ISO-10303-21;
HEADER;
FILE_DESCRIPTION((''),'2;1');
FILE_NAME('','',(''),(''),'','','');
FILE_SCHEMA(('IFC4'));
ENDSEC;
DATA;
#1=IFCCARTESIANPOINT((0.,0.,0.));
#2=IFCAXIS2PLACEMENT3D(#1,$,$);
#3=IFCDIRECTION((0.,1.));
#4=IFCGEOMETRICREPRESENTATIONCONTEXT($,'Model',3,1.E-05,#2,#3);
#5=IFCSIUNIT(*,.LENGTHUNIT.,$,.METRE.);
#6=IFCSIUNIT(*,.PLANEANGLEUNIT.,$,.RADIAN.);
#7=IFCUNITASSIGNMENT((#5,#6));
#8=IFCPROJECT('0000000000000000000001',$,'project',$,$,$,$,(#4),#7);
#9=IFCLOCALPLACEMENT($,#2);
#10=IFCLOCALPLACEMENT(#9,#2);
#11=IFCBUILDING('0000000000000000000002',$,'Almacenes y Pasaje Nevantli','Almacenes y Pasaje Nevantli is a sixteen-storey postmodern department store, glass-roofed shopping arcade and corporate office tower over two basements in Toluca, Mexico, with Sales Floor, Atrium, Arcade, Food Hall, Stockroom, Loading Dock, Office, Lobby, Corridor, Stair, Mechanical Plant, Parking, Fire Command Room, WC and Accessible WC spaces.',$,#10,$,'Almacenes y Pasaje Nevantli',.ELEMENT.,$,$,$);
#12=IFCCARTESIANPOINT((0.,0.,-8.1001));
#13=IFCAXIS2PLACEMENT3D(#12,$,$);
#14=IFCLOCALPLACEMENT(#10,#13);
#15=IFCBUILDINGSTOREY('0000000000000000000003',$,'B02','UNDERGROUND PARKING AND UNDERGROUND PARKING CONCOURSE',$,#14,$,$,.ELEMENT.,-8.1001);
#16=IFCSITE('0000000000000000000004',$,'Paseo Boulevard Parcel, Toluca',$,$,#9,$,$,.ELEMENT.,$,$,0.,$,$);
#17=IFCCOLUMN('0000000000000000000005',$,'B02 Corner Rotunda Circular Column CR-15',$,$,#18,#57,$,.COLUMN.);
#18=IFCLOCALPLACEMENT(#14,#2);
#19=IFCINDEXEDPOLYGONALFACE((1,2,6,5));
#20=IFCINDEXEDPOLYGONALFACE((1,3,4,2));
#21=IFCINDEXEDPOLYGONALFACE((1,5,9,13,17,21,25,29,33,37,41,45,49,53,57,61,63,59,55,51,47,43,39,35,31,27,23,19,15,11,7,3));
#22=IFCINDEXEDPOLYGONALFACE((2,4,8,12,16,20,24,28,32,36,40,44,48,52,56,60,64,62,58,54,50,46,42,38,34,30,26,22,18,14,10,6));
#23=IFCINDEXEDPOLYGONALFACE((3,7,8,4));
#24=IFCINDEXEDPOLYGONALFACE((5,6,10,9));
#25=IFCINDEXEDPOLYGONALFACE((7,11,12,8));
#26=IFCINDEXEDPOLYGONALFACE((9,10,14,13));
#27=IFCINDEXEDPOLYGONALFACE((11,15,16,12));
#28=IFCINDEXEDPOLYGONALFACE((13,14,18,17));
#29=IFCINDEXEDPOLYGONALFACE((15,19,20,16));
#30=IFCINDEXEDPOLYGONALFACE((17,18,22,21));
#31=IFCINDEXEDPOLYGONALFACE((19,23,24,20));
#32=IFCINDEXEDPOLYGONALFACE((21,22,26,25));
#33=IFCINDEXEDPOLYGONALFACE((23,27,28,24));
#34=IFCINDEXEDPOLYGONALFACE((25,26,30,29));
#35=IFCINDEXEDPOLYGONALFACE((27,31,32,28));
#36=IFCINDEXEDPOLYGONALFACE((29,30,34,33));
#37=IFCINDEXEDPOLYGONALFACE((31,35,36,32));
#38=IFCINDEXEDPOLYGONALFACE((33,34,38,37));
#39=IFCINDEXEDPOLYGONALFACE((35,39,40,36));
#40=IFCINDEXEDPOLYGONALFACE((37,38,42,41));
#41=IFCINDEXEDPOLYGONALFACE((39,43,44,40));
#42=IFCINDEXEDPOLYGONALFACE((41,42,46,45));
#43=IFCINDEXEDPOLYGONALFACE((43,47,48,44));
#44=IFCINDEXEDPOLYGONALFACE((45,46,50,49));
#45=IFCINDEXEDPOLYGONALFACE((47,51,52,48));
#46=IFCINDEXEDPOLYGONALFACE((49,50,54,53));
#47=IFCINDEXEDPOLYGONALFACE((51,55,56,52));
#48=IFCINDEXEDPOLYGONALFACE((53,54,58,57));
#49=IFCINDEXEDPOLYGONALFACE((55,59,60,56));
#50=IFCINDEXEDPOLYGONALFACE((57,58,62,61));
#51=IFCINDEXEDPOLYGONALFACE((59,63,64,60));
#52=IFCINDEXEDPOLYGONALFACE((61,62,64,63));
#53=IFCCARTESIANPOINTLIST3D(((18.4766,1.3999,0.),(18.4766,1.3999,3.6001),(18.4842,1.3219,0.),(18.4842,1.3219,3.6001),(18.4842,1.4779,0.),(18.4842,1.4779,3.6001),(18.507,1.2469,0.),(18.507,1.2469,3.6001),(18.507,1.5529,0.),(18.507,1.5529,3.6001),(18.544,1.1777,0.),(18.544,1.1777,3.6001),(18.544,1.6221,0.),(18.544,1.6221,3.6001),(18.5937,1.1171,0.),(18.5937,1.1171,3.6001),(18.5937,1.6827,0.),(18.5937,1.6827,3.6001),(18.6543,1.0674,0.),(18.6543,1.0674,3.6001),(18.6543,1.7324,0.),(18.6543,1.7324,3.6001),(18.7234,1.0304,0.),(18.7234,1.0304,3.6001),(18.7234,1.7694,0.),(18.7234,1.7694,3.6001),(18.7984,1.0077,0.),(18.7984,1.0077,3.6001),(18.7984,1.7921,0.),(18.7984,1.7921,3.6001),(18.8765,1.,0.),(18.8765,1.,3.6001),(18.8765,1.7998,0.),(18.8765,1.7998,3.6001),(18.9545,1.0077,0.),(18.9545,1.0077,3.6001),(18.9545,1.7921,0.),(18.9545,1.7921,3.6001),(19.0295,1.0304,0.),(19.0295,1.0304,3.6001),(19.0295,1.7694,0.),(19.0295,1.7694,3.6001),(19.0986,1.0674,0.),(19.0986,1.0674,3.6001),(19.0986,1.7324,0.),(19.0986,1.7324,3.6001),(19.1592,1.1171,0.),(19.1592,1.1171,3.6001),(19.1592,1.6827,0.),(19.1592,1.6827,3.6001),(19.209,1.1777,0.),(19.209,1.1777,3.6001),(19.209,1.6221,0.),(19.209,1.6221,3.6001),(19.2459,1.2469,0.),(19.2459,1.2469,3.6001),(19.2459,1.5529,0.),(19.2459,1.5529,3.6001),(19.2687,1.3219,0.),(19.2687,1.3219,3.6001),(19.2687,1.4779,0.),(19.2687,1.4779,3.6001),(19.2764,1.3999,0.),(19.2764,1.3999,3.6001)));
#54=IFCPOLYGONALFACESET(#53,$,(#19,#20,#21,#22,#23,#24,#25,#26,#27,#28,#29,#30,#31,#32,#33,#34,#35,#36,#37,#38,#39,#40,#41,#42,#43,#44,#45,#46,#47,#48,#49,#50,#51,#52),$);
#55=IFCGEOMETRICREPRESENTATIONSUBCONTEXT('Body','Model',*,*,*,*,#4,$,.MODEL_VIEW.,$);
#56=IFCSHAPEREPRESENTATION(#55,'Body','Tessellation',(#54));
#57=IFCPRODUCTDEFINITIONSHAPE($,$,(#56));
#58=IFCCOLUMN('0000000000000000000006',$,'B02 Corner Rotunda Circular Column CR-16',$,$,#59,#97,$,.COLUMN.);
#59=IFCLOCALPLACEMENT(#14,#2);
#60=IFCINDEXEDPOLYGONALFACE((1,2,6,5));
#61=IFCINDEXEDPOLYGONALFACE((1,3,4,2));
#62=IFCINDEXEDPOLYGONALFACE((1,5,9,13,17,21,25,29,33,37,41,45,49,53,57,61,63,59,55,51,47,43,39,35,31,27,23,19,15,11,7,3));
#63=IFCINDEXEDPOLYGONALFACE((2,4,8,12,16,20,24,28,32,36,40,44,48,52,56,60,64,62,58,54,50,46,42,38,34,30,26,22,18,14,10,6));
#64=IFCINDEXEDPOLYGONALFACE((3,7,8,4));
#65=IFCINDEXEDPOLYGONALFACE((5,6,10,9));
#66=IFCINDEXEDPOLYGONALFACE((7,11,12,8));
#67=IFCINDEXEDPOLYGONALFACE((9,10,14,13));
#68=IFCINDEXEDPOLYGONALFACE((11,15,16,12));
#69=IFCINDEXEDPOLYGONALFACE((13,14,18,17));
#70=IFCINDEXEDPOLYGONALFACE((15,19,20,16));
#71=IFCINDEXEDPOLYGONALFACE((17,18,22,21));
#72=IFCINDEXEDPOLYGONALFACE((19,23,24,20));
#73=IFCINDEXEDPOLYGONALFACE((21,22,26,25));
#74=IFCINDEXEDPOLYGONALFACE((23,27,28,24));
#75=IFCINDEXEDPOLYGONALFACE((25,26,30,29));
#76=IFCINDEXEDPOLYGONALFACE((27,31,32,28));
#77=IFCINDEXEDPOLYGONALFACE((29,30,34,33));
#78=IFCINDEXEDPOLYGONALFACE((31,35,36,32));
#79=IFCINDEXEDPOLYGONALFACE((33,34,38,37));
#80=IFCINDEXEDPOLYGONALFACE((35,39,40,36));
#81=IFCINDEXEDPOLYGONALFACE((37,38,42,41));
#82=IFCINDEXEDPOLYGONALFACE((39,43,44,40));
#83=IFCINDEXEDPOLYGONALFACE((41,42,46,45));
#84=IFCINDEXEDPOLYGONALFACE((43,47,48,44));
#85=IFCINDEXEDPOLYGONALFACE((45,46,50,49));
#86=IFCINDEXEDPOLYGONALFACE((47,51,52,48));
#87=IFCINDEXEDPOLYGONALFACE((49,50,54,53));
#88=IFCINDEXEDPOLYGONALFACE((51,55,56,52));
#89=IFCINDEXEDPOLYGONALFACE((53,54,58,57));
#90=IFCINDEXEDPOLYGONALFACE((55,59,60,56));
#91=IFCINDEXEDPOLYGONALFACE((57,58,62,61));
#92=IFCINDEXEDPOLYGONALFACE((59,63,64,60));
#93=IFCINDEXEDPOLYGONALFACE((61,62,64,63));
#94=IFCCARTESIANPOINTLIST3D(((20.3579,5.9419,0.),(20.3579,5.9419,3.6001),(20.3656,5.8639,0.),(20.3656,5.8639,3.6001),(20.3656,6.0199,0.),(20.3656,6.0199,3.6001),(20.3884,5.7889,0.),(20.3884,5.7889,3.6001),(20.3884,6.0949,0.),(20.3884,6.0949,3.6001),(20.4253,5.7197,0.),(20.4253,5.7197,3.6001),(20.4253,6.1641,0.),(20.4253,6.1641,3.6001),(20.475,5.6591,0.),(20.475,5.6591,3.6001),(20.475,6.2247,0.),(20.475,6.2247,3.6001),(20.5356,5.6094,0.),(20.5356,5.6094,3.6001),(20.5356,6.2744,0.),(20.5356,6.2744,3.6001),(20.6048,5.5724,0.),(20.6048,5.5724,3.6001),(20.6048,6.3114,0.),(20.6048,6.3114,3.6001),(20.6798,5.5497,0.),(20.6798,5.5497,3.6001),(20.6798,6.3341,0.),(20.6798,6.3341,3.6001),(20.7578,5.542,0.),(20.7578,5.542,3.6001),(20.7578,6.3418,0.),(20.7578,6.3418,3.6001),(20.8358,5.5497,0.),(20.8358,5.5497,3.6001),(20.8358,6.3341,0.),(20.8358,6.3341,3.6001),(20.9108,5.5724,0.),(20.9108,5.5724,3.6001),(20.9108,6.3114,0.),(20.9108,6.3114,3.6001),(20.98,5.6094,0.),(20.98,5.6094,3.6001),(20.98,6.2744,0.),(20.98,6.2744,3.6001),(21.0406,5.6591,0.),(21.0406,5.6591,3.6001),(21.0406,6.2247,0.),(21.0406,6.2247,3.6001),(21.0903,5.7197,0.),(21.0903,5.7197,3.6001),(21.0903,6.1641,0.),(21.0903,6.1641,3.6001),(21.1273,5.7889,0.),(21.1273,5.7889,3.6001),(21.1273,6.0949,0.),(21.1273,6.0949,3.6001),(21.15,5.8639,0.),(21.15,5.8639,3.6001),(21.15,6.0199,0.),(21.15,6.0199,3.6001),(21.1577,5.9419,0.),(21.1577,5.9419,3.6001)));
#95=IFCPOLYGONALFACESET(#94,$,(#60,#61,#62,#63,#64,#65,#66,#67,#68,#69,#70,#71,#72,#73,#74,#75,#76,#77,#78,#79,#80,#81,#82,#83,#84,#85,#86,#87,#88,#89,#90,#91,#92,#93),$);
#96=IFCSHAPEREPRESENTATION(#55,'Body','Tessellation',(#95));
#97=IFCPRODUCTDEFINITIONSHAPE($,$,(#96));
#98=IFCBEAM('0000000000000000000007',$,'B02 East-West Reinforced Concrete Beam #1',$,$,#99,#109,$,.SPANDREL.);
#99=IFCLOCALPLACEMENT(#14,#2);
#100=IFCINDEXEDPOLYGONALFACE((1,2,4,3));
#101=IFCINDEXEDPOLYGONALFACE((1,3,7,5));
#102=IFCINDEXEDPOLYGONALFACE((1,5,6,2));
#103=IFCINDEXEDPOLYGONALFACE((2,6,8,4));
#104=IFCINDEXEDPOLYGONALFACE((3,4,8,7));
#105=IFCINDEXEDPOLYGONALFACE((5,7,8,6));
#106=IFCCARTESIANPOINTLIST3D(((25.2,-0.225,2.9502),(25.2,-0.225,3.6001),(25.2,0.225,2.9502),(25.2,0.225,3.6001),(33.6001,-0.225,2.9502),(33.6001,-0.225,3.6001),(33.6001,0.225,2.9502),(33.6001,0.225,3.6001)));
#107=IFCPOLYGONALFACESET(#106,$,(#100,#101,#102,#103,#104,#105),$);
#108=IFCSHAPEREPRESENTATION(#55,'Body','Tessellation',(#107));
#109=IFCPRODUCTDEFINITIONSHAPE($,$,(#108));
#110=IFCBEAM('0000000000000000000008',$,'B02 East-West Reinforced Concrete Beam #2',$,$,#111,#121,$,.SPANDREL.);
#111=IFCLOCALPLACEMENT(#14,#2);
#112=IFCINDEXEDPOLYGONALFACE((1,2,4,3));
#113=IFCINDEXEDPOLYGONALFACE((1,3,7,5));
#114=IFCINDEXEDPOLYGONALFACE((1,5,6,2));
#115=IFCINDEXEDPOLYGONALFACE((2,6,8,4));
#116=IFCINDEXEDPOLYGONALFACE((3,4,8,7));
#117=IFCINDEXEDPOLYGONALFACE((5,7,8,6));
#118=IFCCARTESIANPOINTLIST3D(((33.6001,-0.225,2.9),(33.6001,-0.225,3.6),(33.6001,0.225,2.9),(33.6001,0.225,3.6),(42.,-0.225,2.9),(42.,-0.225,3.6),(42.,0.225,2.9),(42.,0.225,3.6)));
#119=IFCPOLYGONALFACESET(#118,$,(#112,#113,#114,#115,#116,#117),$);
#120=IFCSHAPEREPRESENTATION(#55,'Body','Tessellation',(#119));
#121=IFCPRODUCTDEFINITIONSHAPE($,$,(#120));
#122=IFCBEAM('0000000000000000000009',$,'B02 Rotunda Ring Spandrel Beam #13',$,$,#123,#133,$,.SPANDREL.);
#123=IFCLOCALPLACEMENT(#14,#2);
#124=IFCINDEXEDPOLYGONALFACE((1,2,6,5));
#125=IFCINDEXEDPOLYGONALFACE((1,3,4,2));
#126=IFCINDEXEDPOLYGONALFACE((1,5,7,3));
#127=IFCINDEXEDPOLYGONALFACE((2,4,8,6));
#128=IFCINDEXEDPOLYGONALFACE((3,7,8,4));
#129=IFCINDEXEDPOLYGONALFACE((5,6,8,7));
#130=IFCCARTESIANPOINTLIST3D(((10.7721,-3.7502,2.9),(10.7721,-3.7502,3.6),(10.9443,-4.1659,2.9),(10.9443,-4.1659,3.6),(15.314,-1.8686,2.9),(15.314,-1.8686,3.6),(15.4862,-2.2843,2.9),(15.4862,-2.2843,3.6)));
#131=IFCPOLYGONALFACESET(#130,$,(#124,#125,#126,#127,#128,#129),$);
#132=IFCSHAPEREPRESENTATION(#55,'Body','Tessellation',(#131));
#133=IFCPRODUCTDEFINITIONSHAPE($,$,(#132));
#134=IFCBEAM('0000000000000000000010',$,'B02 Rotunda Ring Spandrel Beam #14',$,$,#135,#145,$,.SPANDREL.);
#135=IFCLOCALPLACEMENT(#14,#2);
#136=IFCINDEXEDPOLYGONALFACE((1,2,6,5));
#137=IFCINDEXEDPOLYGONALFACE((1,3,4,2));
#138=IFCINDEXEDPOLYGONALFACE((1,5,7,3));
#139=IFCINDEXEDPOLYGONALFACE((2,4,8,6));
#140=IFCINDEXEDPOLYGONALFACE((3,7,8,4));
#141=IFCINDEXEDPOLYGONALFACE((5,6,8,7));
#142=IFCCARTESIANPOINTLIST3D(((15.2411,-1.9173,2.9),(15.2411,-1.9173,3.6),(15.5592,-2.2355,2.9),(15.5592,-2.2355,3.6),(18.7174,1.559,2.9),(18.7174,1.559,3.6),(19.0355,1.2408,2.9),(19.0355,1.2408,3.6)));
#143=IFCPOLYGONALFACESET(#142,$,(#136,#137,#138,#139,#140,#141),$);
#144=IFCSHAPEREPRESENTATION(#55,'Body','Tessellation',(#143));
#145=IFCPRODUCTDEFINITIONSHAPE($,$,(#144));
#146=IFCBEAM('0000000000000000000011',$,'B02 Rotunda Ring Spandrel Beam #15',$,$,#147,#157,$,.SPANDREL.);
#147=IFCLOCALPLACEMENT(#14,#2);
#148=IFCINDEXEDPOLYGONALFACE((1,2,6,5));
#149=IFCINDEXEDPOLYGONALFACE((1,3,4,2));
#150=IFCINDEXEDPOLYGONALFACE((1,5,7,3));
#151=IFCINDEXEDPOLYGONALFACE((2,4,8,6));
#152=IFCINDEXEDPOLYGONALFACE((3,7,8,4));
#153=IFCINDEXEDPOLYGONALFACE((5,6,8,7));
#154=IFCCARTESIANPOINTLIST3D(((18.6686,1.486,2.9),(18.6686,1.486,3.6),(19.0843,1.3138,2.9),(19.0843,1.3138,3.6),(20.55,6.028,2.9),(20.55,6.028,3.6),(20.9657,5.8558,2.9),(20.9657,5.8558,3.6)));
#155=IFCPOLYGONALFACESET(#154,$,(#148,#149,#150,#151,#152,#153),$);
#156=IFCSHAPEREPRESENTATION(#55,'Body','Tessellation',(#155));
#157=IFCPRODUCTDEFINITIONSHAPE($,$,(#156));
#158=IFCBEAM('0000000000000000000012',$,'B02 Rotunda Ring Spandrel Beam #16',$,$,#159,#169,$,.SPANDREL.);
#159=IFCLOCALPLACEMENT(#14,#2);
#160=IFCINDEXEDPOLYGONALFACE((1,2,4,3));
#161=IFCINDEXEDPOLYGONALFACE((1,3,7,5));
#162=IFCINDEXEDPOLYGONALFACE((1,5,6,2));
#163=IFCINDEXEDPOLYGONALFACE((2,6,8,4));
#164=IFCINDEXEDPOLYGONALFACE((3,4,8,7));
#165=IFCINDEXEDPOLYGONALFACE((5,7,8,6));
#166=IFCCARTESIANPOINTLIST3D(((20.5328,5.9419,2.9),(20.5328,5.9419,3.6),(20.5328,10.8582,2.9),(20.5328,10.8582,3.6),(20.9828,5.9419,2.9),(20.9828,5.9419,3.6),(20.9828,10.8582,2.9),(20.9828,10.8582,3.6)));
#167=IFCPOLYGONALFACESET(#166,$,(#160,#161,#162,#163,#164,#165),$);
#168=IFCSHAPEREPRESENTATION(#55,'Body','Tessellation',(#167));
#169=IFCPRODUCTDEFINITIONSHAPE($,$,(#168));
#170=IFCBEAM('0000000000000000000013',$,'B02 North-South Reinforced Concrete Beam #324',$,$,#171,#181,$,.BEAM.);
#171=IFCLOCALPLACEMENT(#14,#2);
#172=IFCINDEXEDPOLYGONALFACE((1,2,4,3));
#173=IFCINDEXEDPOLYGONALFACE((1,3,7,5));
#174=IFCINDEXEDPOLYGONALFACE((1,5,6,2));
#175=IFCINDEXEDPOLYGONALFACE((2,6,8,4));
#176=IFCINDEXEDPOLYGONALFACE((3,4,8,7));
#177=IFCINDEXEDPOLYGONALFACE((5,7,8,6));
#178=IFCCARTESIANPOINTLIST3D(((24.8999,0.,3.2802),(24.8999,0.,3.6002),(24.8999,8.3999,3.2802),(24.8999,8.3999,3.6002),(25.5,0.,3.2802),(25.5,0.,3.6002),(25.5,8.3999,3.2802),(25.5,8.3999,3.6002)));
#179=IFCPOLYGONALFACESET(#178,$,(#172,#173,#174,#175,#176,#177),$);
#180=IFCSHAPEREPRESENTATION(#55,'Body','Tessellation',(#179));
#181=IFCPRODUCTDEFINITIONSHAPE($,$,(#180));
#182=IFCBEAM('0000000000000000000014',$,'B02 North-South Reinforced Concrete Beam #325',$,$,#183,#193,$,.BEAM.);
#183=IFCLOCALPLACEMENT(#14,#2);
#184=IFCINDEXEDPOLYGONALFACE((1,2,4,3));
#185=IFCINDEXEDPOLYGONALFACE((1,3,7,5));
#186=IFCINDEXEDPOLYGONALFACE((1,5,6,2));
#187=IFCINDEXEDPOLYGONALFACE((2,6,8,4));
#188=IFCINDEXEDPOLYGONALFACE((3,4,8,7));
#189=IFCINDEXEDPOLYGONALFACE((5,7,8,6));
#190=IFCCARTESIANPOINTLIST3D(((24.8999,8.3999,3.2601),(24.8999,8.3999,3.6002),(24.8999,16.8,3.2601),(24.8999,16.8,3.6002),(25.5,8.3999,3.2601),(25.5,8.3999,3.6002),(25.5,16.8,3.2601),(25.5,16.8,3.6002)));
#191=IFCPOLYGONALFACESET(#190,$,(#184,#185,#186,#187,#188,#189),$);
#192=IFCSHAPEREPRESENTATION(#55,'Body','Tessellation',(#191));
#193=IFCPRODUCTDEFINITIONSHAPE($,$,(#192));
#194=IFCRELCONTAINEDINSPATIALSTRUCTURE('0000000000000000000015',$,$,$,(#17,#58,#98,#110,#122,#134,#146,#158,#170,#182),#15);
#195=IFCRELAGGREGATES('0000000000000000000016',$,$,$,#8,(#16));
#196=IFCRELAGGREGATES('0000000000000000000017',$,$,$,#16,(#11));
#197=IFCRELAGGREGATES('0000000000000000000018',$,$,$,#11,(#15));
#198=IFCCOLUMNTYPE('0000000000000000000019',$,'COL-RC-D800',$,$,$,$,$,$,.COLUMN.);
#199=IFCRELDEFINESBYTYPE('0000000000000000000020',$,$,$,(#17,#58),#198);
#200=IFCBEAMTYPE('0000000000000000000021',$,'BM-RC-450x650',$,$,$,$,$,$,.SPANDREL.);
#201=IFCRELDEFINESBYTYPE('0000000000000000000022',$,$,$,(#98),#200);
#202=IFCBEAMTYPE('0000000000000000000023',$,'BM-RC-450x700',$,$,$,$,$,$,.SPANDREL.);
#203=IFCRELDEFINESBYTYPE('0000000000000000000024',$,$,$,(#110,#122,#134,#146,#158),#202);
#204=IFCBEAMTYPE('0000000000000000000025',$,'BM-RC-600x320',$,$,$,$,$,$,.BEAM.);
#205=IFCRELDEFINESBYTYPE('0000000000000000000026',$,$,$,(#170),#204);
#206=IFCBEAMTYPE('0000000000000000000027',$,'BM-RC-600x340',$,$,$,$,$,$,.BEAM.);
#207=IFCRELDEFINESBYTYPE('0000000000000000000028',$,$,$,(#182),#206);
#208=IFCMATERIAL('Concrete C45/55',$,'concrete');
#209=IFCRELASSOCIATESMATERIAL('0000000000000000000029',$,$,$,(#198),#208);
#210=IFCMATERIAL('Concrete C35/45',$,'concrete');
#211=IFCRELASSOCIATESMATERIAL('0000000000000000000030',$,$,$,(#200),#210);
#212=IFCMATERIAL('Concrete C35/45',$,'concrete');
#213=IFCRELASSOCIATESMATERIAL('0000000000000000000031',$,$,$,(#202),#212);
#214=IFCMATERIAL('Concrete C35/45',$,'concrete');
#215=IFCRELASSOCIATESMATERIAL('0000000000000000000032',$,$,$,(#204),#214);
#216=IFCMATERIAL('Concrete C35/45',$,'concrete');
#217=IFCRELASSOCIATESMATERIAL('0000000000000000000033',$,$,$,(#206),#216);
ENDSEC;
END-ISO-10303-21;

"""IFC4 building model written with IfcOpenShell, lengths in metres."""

from ifc_helpers import new_model, si_unit, direction, frame, origin, origin_2d, place, context, subcontext, project, spatial, rectangle, circle, extrude, material, material_profile, profile_set, type_object, element, save


model = new_model("IFC4")

# Units and contexts
model_context = context("Model", 3, precision=1e-05, world=origin(), true_north=direction((0.0, 1.0)))
body_context = subcontext(model_context, "Body", "Model", "MODEL_VIEW")
ifc_project = project(units=[si_unit("LENGTHUNIT", "METRE"), si_unit("PLANEANGLEUNIT", "RADIAN")], contexts=[model_context])

# Site, building, storey
site_placement = place(None, origin())
site = spatial("IfcSite", under=ifc_project, at=site_placement, Name="Paseo Boulevard Parcel, Toluca", CompositionType="ELEMENT", RefElevation=0.0)
building_placement = place(site_placement, origin())
building = spatial("IfcBuilding", under=site, at=building_placement, Name="Almacenes y Pasaje Nevantli", Description="Almacenes y Pasaje Nevantli is a sixteen-storey postmodern department store, glass-roofed shopping arcade and corporate office tower over two basements in Toluca, Mexico, with Sales Floor, Atrium, Arcade, Food Hall, Stockroom, Loading Dock, Office, Lobby, Corridor, Stair, Mechanical Plant, Parking, Fire Command Room, WC and Accessible WC spaces.", LongName="Almacenes y Pasaje Nevantli", CompositionType="ELEMENT")
storey_placement = place(building_placement, frame((0.0, 0.0, -8.1001)))
storey = spatial("IfcBuildingStorey", under=building, at=storey_placement, Name="B02", Description="UNDERGROUND PARKING AND UNDERGROUND PARKING CONCOURSE", CompositionType="ELEMENT", Elevation=-8.1001)

# Columns
ifc_material_1 = material(Name="Concrete C45/55", Category="concrete")
ifc_material_profile_1 = material_profile(ifc_material_1, circle(Radius=0.3999, at=origin_2d()), Name="RC-COL-D800")
ifc_profile_set_1 = profile_set([ifc_material_profile_1], Name="Concrete C45/55")
column_type_1 = type_object("IfcColumnType", Name="COL-RC-D800", PredefinedType="COLUMN", material=ifc_profile_set_1)
for number, where, z_axis, x_axis, name in (
    (1, (18.8765, 1.3999, 0.0), (0.0, 0.0, 1.0), (1.0, 0.0, 0.0), "B02 Corner Rotunda Circular Column CR-15"),
    (2, (20.7578, 5.9419, 0.0), (0.0, 0.0, 1.0), (1.0, 0.0, 0.0), "B02 Corner Rotunda Circular Column CR-16"),
):
    element("IfcColumn", number, at=place(storey_placement, frame(where, z_axis=z_axis, x_axis=x_axis)), inside=storey, type_object=column_type_1, Name=name, PredefinedType="COLUMN", context=body_context, shape_type="SweptSolid", body=[
        extrude(circle(Radius=0.3999, at=origin_2d()), origin(), (0.0, 0.0, 1.0), 3.6001),
    ])

# Beams
ifc_material_2 = material(Name="Concrete C35/45", Category="concrete")
ifc_material_profile_2 = material_profile(ifc_material_2, rectangle(XDim=0.45, YDim=0.6499, at=origin_2d()), Name="RC-BM-450x650")
ifc_profile_set_2 = profile_set([ifc_material_profile_2], Name="Concrete C35/45")
beam_type_1 = type_object("IfcBeamType", Name="BM-RC-450x650", PredefinedType="SPANDREL", material=ifc_profile_set_2)
beam_1_placement = place(storey_placement, frame((25.2, 0.0, 3.2751), z_axis=(1.0, 0.0, 0.0), x_axis=(0.0, 1.0, 0.0)))
element("IfcBeam", 3, at=beam_1_placement, inside=storey, type_object=beam_type_1, Name="B02 East-West Reinforced Concrete Beam #1", PredefinedType="SPANDREL", context=body_context, shape_type="SweptSolid", body=[
    extrude(rectangle(XDim=0.45, YDim=0.6499, at=origin_2d()), origin(), (0.0, 0.0, 1.0), 8.4001),
])
ifc_material_3 = material(Name="Concrete C35/45", Category="concrete")
ifc_material_profile_3 = material_profile(ifc_material_3, rectangle(XDim=0.45, YDim=0.7, at=origin_2d()), Name="RC-BM-450x700")
ifc_profile_set_3 = profile_set([ifc_material_profile_3], Name="Concrete C35/45")
beam_type_2 = type_object("IfcBeamType", Name="BM-RC-450x700", PredefinedType="SPANDREL", material=ifc_profile_set_3)
beam_2_placement = place(storey_placement, frame((33.6001, 0.0, 3.25), z_axis=(1.0, 0.0, 0.0), x_axis=(0.0, 1.0, 0.0)))
element("IfcBeam", 4, at=beam_2_placement, inside=storey, type_object=beam_type_2, Name="B02 East-West Reinforced Concrete Beam #2", PredefinedType="SPANDREL", context=body_context, shape_type="SweptSolid", body=[
    extrude(rectangle(XDim=0.45, YDim=0.7, at=origin_2d()), origin(), (0.0, 0.0, 1.0), 8.3999),
])
for number, where, z_axis, x_axis, name in (
    (5, (10.8582, -3.958, 3.25), (0.923862, 0.382725, 0.0), (-0.382725, 0.923862, 0.0), "B02 Rotunda Ring Spandrel Beam #13"),
    (6, (15.4001, -2.0764, 3.25), (0.707107, 0.707107, 0.0), (-0.707107, 0.707107, 0.0), "B02 Rotunda Ring Spandrel Beam #14"),
    (7, (18.8765, 1.3999, 3.25), (0.382682, 0.92388, 0.0), (-0.92388, 0.382682, 0.0), "B02 Rotunda Ring Spandrel Beam #15"),
    (8, (20.7578, 5.9419, 3.25), (0.0, 1.0, 0.0), (-1.0, 0.0, 0.0), "B02 Rotunda Ring Spandrel Beam #16"),
):
    element("IfcBeam", number, at=place(storey_placement, frame(where, z_axis=z_axis, x_axis=x_axis)), inside=storey, type_object=beam_type_2, Name=name, PredefinedType="SPANDREL", context=body_context, shape_type="SweptSolid", body=[
        extrude(rectangle(XDim=0.45, YDim=0.7, at=origin_2d()), origin(), (0.0, 0.0, 1.0), 4.9163),
    ])
ifc_material_4 = material(Name="Concrete C35/45", Category="concrete")
ifc_material_profile_4 = material_profile(ifc_material_4, rectangle(XDim=0.6001, YDim=0.3201, at=origin_2d()), Name="RC-BM-600x320")
ifc_profile_set_4 = profile_set([ifc_material_profile_4], Name="Concrete C35/45")
beam_type_3 = type_object("IfcBeamType", Name="BM-RC-600x320", PredefinedType="BEAM", material=ifc_profile_set_4)
beam_3_placement = place(storey_placement, frame((25.2, 0.0, 3.4402), z_axis=(0.0, 1.0, 0.0), x_axis=(-1.0, 0.0, 0.0)))
element("IfcBeam", 9, at=beam_3_placement, inside=storey, type_object=beam_type_3, Name="B02 North-South Reinforced Concrete Beam #324", PredefinedType="BEAM", context=body_context, shape_type="SweptSolid", body=[
    extrude(rectangle(XDim=0.6001, YDim=0.3201, at=origin_2d()), origin(), (0.0, 0.0, 1.0), 8.3999),
])
ifc_material_5 = material(Name="Concrete C35/45", Category="concrete")
ifc_material_profile_5 = material_profile(ifc_material_5, rectangle(XDim=0.6001, YDim=0.3401, at=origin_2d()), Name="RC-BM-600x340")
ifc_profile_set_5 = profile_set([ifc_material_profile_5], Name="Concrete C35/45")
beam_type_4 = type_object("IfcBeamType", Name="BM-RC-600x340", PredefinedType="BEAM", material=ifc_profile_set_5)
beam_4_placement = place(storey_placement, frame((25.2, 8.3999, 3.4302), z_axis=(0.0, 1.0, 0.0), x_axis=(-1.0, 0.0, 0.0)))
element("IfcBeam", 10, at=beam_4_placement, inside=storey, type_object=beam_type_4, Name="B02 North-South Reinforced Concrete Beam #325", PredefinedType="BEAM", context=body_context, shape_type="SweptSolid", body=[
    extrude(rectangle(XDim=0.6001, YDim=0.3401, at=origin_2d()), origin(), (0.0, 0.0, 1.0), 8.4001),
])

save(model, "model.ifc")
